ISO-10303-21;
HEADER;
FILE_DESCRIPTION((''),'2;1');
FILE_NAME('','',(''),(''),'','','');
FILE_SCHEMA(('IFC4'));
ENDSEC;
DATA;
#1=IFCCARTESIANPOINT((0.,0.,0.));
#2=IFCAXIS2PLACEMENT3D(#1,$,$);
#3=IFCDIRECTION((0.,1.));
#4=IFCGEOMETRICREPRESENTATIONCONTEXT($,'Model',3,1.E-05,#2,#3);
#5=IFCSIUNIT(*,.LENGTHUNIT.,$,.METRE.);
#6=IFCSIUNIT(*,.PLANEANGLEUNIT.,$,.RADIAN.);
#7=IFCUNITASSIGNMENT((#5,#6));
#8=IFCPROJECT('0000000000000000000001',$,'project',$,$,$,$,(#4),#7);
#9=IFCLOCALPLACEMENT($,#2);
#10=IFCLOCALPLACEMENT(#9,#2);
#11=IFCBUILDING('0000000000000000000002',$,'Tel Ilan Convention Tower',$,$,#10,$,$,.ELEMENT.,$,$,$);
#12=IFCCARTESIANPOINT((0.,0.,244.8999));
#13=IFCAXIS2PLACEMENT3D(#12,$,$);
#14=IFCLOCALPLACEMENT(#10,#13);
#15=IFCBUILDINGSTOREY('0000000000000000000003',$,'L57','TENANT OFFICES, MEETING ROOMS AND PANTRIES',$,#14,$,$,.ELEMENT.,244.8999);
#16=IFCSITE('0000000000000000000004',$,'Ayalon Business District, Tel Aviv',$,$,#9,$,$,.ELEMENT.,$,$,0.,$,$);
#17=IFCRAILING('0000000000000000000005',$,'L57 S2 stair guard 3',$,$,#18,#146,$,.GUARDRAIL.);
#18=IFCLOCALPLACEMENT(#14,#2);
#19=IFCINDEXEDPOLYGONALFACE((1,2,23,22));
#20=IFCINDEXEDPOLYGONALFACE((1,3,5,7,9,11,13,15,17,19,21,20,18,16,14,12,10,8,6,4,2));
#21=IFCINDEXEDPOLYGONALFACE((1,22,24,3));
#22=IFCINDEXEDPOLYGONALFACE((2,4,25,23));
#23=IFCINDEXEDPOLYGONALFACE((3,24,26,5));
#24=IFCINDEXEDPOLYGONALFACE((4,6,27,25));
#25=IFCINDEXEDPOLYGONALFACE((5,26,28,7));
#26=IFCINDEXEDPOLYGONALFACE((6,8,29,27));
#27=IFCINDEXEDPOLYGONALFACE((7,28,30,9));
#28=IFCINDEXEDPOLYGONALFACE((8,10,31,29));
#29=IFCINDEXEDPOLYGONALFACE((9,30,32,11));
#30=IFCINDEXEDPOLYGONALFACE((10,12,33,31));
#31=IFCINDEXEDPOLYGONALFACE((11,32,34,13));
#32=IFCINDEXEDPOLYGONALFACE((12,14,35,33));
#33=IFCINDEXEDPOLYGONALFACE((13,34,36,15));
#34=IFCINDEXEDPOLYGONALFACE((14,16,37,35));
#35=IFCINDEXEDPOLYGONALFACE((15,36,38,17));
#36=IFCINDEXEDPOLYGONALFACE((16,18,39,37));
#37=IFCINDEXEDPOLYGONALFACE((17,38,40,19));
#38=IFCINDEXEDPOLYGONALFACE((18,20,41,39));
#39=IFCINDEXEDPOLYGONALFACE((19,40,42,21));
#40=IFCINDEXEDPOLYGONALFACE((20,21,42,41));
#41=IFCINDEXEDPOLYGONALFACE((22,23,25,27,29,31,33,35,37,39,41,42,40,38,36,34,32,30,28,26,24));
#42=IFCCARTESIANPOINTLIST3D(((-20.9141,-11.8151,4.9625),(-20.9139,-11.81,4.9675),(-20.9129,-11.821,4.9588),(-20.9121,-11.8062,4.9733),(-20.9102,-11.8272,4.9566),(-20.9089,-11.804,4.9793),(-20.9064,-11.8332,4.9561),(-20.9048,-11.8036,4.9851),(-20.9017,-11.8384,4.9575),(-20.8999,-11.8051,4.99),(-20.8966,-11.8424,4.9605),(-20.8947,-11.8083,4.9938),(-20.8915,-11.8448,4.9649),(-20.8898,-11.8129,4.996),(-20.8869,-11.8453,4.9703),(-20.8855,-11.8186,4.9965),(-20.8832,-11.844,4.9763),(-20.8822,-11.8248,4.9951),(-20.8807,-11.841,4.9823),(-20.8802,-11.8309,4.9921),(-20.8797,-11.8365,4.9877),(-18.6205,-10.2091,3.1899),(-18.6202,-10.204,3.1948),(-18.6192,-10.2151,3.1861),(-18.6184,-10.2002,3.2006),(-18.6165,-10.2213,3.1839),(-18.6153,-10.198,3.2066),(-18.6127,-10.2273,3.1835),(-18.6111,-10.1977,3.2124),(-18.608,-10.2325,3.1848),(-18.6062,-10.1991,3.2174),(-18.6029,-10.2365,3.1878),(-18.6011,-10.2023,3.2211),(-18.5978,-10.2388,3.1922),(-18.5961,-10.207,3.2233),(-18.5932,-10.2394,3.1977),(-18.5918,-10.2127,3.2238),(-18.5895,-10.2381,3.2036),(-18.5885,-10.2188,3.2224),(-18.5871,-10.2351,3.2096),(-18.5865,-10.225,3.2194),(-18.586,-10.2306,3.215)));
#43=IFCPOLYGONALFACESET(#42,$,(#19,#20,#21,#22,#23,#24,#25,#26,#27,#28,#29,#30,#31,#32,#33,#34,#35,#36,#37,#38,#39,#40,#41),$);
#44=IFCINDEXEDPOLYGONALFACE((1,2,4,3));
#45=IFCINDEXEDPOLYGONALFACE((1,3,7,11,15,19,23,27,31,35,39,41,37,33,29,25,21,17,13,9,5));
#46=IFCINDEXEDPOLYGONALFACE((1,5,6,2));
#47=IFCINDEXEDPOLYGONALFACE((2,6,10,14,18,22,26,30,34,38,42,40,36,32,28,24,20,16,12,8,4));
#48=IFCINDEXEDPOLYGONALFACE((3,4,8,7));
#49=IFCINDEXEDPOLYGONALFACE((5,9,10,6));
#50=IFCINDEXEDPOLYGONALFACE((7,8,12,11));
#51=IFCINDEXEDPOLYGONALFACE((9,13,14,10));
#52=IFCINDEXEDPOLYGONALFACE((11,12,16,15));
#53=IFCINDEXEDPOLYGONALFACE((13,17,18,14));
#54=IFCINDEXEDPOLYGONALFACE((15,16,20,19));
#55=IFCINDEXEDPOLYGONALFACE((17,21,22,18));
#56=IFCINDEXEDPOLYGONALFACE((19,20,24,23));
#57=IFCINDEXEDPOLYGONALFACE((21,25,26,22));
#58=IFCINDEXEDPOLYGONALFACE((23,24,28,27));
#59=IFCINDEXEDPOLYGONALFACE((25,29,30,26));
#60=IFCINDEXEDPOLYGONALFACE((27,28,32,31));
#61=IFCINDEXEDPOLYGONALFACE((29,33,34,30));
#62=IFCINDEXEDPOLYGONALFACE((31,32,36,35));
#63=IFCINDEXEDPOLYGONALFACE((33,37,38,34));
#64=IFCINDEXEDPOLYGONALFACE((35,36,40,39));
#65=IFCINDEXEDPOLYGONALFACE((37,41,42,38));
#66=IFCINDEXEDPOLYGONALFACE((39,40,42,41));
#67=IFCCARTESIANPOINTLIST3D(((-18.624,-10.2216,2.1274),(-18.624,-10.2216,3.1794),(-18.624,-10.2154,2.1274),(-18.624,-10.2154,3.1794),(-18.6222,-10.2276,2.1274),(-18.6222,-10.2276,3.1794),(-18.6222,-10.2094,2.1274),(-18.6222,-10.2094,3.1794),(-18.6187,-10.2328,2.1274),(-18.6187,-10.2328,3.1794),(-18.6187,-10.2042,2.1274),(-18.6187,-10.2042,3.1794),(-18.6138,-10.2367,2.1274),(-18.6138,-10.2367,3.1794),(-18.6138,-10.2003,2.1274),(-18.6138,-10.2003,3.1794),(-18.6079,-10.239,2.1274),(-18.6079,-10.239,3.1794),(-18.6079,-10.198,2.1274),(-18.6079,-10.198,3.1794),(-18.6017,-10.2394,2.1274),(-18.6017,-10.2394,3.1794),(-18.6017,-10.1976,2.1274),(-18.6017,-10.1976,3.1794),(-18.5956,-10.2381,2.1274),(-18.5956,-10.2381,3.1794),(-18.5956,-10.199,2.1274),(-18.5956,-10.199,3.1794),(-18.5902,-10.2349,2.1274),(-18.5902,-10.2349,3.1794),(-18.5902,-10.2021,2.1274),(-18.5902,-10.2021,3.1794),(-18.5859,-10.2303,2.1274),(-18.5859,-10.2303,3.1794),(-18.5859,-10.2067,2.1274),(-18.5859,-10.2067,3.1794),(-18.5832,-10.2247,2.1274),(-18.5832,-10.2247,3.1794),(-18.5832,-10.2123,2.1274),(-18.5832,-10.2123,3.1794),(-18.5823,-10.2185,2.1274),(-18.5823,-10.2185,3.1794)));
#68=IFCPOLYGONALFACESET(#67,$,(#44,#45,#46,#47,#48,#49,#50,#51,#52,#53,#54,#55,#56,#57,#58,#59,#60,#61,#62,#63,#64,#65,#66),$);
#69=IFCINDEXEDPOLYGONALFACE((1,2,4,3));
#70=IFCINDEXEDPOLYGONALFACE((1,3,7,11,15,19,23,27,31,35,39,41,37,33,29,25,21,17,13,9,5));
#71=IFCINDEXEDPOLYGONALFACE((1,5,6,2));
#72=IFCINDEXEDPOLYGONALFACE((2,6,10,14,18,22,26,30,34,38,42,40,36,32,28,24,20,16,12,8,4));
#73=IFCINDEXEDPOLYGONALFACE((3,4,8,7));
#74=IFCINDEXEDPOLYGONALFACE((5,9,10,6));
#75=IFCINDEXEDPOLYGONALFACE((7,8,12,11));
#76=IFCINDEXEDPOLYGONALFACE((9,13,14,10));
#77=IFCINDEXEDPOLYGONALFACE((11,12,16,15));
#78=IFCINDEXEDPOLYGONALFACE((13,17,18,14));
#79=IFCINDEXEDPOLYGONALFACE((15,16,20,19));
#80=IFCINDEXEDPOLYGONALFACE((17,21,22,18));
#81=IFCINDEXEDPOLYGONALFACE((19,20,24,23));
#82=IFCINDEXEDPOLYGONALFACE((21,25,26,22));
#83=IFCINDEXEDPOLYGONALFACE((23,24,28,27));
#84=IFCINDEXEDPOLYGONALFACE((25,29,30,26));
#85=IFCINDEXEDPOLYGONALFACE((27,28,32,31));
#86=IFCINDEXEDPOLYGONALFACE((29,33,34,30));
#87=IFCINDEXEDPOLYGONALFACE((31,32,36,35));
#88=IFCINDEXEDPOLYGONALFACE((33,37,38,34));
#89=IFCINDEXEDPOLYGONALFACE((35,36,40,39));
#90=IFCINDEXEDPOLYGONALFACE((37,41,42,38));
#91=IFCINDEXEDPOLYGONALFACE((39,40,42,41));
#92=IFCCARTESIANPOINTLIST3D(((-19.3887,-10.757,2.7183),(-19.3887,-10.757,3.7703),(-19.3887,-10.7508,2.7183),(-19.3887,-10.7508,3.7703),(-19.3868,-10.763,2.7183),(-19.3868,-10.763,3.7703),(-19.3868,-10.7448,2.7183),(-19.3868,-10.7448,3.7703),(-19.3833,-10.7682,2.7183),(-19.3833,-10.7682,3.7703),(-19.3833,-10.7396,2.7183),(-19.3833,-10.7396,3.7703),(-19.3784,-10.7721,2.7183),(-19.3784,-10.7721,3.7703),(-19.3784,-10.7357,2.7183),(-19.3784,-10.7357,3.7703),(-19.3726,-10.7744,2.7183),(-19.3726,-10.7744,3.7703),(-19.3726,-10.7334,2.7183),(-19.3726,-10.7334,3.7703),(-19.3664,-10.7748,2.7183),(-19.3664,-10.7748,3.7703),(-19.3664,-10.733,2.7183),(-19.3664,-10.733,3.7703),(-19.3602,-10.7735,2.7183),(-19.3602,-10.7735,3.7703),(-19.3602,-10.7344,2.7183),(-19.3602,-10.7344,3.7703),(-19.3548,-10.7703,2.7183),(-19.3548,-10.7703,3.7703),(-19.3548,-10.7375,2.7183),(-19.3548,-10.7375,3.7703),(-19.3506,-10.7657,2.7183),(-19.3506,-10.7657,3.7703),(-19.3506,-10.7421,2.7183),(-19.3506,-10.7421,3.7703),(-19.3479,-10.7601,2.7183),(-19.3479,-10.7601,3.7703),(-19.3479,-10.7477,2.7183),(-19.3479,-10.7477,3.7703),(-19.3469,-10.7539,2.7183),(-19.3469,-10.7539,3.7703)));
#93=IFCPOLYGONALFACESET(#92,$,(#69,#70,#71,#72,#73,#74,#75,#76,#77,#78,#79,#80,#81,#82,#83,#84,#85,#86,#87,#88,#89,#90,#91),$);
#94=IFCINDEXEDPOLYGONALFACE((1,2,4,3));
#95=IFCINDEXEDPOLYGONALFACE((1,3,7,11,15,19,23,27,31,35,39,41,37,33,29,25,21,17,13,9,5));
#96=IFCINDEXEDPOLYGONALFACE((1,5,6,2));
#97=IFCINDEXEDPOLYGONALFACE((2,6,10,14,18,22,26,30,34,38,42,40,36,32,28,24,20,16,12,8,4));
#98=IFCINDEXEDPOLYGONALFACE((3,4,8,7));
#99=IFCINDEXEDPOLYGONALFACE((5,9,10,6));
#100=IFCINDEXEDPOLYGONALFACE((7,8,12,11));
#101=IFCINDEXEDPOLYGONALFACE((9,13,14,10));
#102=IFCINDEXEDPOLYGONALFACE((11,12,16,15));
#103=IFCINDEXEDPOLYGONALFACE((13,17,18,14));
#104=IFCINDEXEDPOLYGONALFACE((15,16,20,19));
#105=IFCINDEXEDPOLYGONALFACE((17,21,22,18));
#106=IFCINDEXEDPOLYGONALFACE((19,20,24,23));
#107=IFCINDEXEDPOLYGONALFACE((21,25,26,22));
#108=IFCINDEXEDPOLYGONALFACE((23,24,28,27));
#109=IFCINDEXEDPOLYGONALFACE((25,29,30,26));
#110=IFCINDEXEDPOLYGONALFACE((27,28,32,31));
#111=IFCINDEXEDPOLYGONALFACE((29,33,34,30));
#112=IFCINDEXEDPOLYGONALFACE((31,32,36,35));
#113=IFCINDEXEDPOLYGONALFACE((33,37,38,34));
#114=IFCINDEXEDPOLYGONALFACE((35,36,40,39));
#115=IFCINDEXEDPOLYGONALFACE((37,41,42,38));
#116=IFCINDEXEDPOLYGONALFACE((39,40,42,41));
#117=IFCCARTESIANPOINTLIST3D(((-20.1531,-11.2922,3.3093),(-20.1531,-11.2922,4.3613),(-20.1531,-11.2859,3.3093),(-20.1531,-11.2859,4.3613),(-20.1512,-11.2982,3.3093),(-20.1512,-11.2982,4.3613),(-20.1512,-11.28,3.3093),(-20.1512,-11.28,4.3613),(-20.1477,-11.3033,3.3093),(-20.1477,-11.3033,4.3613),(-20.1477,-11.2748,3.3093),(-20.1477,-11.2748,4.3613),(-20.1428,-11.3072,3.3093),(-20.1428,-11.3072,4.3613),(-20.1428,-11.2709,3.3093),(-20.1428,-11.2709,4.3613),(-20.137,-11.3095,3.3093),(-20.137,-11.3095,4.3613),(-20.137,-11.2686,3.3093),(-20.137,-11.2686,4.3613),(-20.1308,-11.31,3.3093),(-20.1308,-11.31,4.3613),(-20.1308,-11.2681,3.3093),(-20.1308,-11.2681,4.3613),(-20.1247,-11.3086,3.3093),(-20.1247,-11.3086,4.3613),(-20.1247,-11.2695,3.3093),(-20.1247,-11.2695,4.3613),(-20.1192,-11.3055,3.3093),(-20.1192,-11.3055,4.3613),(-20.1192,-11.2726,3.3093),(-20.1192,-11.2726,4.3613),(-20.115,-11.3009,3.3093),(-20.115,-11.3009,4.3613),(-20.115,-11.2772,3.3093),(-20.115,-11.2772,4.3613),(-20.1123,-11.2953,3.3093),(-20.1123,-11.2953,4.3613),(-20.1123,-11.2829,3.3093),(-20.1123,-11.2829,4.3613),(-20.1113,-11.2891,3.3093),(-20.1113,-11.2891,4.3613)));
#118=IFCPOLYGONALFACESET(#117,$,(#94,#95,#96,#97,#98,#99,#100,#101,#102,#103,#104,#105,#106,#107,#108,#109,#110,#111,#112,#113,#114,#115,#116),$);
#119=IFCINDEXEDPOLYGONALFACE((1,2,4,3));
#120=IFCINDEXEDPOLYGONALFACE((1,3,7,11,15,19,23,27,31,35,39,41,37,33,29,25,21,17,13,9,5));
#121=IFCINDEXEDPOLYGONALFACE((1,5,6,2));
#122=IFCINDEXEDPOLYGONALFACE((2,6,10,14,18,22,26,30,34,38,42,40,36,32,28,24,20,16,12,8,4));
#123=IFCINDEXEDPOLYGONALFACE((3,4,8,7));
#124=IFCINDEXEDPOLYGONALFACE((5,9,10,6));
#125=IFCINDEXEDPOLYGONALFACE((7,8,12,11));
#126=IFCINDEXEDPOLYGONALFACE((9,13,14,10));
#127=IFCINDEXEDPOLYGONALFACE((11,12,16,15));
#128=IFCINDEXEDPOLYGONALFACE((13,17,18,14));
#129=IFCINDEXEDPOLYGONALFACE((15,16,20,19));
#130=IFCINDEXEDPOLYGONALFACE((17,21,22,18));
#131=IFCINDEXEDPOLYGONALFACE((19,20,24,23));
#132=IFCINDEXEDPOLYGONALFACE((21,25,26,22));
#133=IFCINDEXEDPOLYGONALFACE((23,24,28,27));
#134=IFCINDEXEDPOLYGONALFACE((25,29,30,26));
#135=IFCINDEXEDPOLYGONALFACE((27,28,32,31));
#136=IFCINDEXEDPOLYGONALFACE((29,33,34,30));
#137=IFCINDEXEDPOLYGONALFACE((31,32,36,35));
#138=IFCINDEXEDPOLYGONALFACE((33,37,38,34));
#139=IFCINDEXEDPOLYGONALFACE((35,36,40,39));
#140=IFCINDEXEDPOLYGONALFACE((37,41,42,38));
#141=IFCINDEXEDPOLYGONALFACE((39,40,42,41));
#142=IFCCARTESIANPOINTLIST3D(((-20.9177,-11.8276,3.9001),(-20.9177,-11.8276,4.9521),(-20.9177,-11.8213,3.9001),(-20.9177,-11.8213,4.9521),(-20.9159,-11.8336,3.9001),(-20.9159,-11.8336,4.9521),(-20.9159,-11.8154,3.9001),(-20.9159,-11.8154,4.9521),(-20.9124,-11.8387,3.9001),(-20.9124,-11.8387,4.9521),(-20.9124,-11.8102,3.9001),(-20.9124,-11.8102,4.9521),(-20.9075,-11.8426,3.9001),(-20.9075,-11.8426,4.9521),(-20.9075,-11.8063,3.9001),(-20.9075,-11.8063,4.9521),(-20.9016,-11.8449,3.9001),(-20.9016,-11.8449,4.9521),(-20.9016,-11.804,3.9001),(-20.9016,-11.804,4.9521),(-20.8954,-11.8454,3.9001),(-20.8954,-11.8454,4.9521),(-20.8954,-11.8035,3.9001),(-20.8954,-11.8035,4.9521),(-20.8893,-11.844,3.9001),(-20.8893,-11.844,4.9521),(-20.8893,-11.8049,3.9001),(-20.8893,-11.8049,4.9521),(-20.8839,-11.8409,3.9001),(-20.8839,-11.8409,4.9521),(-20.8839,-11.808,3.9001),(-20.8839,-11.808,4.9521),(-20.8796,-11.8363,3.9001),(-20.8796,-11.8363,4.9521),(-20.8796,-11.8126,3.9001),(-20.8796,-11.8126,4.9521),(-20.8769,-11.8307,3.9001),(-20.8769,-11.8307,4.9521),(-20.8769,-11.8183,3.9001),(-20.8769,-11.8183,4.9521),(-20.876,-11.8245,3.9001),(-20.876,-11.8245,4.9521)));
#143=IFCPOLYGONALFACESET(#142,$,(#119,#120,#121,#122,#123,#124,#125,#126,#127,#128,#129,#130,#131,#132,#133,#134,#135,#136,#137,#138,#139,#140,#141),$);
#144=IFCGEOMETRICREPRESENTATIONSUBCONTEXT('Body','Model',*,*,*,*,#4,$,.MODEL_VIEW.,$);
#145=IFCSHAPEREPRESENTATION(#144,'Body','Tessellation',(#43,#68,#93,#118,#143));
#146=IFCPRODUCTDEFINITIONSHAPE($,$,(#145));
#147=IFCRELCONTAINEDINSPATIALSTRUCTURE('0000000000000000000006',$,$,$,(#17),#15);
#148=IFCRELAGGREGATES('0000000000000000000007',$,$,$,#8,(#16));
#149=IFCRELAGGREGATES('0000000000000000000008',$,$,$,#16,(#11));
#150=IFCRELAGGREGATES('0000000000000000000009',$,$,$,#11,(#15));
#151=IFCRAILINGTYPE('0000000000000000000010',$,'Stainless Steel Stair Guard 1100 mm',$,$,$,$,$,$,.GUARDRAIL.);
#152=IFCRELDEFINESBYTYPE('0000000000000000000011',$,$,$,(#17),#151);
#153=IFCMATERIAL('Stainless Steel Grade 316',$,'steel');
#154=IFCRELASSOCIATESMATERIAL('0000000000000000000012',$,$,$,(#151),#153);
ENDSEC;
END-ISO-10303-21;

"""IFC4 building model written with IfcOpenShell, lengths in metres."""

from ifc_helpers import new_model, si_unit, direction, frame, origin, origin_2d, place, context, subcontext, project, spatial, circle, extrude, material, type_object, element, save


model = new_model("IFC4")

# Units and contexts
model_context = context("Model", 3, precision=1e-05, world=origin(), true_north=direction((0.0, 1.0)))
body_context = subcontext(model_context, "Body", "Model", "MODEL_VIEW")
ifc_project = project(units=[si_unit("LENGTHUNIT", "METRE"), si_unit("PLANEANGLEUNIT", "RADIAN")], contexts=[model_context])

# Site, building, storey
site_placement = place(None, origin())
site = spatial("IfcSite", under=ifc_project, at=site_placement, Name="Ayalon Business District, Tel Aviv", CompositionType="ELEMENT", RefElevation=0.0)
building_placement = place(site_placement, origin())
building = spatial("IfcBuilding", under=site, at=building_placement, Name="Tel Ilan Convention Tower", CompositionType="ELEMENT")
storey_placement = place(building_placement, frame((0.0, 0.0, 244.8999)))
storey = spatial("IfcBuildingStorey", under=building, at=storey_placement, Name="L57", Description="TENANT OFFICES, MEETING ROOMS AND PANTRIES", CompositionType="ELEMENT", Elevation=244.8999)

# Railing
ifc_material_1 = material(Name="Stainless Steel Grade 316", Category="steel")
railing_type_1 = type_object("IfcRailingType", Name="Stainless Steel Stair Guard 1100 mm", PredefinedType="GUARDRAIL", material=ifc_material_1)
railing_1_placement = place(storey_placement, frame((-18.6033, -10.2185, 2.1274)))
element("IfcRailing", 1, at=railing_1_placement, inside=storey, type_object=railing_type_1, Name="L57 S2 stair guard 3", PredefinedType="GUARDRAIL", context=body_context, shape_type="SweptSolid", body=[
    extrude(circle(Radius=0.0239, at=origin_2d()), frame((0.0, 0.0, 1.0762), z_axis=(-0.692123, -0.484597, 0.534913), x_axis=(0.57355, -0.81917, 0.0)), (0.0, 0.0, 1.0), 3.314),
    extrude(circle(Radius=0.021, at=origin_2d()), origin(), (0.0, 0.0, 1.0), 1.052),
    extrude(circle(Radius=0.021, at=origin_2d()), frame((-0.7646, -0.5354, 0.5908)), (0.0, 0.0, 1.0), 1.052),
    extrude(circle(Radius=0.021, at=origin_2d()), frame((-1.5291, -1.0706, 1.1819)), (0.0, 0.0, 1.0), 1.052),
    extrude(circle(Radius=0.021, at=origin_2d()), frame((-2.2937, -1.606, 1.7727)), (0.0, 0.0, 1.0), 1.052),
])

save(model, "model.ifc")
